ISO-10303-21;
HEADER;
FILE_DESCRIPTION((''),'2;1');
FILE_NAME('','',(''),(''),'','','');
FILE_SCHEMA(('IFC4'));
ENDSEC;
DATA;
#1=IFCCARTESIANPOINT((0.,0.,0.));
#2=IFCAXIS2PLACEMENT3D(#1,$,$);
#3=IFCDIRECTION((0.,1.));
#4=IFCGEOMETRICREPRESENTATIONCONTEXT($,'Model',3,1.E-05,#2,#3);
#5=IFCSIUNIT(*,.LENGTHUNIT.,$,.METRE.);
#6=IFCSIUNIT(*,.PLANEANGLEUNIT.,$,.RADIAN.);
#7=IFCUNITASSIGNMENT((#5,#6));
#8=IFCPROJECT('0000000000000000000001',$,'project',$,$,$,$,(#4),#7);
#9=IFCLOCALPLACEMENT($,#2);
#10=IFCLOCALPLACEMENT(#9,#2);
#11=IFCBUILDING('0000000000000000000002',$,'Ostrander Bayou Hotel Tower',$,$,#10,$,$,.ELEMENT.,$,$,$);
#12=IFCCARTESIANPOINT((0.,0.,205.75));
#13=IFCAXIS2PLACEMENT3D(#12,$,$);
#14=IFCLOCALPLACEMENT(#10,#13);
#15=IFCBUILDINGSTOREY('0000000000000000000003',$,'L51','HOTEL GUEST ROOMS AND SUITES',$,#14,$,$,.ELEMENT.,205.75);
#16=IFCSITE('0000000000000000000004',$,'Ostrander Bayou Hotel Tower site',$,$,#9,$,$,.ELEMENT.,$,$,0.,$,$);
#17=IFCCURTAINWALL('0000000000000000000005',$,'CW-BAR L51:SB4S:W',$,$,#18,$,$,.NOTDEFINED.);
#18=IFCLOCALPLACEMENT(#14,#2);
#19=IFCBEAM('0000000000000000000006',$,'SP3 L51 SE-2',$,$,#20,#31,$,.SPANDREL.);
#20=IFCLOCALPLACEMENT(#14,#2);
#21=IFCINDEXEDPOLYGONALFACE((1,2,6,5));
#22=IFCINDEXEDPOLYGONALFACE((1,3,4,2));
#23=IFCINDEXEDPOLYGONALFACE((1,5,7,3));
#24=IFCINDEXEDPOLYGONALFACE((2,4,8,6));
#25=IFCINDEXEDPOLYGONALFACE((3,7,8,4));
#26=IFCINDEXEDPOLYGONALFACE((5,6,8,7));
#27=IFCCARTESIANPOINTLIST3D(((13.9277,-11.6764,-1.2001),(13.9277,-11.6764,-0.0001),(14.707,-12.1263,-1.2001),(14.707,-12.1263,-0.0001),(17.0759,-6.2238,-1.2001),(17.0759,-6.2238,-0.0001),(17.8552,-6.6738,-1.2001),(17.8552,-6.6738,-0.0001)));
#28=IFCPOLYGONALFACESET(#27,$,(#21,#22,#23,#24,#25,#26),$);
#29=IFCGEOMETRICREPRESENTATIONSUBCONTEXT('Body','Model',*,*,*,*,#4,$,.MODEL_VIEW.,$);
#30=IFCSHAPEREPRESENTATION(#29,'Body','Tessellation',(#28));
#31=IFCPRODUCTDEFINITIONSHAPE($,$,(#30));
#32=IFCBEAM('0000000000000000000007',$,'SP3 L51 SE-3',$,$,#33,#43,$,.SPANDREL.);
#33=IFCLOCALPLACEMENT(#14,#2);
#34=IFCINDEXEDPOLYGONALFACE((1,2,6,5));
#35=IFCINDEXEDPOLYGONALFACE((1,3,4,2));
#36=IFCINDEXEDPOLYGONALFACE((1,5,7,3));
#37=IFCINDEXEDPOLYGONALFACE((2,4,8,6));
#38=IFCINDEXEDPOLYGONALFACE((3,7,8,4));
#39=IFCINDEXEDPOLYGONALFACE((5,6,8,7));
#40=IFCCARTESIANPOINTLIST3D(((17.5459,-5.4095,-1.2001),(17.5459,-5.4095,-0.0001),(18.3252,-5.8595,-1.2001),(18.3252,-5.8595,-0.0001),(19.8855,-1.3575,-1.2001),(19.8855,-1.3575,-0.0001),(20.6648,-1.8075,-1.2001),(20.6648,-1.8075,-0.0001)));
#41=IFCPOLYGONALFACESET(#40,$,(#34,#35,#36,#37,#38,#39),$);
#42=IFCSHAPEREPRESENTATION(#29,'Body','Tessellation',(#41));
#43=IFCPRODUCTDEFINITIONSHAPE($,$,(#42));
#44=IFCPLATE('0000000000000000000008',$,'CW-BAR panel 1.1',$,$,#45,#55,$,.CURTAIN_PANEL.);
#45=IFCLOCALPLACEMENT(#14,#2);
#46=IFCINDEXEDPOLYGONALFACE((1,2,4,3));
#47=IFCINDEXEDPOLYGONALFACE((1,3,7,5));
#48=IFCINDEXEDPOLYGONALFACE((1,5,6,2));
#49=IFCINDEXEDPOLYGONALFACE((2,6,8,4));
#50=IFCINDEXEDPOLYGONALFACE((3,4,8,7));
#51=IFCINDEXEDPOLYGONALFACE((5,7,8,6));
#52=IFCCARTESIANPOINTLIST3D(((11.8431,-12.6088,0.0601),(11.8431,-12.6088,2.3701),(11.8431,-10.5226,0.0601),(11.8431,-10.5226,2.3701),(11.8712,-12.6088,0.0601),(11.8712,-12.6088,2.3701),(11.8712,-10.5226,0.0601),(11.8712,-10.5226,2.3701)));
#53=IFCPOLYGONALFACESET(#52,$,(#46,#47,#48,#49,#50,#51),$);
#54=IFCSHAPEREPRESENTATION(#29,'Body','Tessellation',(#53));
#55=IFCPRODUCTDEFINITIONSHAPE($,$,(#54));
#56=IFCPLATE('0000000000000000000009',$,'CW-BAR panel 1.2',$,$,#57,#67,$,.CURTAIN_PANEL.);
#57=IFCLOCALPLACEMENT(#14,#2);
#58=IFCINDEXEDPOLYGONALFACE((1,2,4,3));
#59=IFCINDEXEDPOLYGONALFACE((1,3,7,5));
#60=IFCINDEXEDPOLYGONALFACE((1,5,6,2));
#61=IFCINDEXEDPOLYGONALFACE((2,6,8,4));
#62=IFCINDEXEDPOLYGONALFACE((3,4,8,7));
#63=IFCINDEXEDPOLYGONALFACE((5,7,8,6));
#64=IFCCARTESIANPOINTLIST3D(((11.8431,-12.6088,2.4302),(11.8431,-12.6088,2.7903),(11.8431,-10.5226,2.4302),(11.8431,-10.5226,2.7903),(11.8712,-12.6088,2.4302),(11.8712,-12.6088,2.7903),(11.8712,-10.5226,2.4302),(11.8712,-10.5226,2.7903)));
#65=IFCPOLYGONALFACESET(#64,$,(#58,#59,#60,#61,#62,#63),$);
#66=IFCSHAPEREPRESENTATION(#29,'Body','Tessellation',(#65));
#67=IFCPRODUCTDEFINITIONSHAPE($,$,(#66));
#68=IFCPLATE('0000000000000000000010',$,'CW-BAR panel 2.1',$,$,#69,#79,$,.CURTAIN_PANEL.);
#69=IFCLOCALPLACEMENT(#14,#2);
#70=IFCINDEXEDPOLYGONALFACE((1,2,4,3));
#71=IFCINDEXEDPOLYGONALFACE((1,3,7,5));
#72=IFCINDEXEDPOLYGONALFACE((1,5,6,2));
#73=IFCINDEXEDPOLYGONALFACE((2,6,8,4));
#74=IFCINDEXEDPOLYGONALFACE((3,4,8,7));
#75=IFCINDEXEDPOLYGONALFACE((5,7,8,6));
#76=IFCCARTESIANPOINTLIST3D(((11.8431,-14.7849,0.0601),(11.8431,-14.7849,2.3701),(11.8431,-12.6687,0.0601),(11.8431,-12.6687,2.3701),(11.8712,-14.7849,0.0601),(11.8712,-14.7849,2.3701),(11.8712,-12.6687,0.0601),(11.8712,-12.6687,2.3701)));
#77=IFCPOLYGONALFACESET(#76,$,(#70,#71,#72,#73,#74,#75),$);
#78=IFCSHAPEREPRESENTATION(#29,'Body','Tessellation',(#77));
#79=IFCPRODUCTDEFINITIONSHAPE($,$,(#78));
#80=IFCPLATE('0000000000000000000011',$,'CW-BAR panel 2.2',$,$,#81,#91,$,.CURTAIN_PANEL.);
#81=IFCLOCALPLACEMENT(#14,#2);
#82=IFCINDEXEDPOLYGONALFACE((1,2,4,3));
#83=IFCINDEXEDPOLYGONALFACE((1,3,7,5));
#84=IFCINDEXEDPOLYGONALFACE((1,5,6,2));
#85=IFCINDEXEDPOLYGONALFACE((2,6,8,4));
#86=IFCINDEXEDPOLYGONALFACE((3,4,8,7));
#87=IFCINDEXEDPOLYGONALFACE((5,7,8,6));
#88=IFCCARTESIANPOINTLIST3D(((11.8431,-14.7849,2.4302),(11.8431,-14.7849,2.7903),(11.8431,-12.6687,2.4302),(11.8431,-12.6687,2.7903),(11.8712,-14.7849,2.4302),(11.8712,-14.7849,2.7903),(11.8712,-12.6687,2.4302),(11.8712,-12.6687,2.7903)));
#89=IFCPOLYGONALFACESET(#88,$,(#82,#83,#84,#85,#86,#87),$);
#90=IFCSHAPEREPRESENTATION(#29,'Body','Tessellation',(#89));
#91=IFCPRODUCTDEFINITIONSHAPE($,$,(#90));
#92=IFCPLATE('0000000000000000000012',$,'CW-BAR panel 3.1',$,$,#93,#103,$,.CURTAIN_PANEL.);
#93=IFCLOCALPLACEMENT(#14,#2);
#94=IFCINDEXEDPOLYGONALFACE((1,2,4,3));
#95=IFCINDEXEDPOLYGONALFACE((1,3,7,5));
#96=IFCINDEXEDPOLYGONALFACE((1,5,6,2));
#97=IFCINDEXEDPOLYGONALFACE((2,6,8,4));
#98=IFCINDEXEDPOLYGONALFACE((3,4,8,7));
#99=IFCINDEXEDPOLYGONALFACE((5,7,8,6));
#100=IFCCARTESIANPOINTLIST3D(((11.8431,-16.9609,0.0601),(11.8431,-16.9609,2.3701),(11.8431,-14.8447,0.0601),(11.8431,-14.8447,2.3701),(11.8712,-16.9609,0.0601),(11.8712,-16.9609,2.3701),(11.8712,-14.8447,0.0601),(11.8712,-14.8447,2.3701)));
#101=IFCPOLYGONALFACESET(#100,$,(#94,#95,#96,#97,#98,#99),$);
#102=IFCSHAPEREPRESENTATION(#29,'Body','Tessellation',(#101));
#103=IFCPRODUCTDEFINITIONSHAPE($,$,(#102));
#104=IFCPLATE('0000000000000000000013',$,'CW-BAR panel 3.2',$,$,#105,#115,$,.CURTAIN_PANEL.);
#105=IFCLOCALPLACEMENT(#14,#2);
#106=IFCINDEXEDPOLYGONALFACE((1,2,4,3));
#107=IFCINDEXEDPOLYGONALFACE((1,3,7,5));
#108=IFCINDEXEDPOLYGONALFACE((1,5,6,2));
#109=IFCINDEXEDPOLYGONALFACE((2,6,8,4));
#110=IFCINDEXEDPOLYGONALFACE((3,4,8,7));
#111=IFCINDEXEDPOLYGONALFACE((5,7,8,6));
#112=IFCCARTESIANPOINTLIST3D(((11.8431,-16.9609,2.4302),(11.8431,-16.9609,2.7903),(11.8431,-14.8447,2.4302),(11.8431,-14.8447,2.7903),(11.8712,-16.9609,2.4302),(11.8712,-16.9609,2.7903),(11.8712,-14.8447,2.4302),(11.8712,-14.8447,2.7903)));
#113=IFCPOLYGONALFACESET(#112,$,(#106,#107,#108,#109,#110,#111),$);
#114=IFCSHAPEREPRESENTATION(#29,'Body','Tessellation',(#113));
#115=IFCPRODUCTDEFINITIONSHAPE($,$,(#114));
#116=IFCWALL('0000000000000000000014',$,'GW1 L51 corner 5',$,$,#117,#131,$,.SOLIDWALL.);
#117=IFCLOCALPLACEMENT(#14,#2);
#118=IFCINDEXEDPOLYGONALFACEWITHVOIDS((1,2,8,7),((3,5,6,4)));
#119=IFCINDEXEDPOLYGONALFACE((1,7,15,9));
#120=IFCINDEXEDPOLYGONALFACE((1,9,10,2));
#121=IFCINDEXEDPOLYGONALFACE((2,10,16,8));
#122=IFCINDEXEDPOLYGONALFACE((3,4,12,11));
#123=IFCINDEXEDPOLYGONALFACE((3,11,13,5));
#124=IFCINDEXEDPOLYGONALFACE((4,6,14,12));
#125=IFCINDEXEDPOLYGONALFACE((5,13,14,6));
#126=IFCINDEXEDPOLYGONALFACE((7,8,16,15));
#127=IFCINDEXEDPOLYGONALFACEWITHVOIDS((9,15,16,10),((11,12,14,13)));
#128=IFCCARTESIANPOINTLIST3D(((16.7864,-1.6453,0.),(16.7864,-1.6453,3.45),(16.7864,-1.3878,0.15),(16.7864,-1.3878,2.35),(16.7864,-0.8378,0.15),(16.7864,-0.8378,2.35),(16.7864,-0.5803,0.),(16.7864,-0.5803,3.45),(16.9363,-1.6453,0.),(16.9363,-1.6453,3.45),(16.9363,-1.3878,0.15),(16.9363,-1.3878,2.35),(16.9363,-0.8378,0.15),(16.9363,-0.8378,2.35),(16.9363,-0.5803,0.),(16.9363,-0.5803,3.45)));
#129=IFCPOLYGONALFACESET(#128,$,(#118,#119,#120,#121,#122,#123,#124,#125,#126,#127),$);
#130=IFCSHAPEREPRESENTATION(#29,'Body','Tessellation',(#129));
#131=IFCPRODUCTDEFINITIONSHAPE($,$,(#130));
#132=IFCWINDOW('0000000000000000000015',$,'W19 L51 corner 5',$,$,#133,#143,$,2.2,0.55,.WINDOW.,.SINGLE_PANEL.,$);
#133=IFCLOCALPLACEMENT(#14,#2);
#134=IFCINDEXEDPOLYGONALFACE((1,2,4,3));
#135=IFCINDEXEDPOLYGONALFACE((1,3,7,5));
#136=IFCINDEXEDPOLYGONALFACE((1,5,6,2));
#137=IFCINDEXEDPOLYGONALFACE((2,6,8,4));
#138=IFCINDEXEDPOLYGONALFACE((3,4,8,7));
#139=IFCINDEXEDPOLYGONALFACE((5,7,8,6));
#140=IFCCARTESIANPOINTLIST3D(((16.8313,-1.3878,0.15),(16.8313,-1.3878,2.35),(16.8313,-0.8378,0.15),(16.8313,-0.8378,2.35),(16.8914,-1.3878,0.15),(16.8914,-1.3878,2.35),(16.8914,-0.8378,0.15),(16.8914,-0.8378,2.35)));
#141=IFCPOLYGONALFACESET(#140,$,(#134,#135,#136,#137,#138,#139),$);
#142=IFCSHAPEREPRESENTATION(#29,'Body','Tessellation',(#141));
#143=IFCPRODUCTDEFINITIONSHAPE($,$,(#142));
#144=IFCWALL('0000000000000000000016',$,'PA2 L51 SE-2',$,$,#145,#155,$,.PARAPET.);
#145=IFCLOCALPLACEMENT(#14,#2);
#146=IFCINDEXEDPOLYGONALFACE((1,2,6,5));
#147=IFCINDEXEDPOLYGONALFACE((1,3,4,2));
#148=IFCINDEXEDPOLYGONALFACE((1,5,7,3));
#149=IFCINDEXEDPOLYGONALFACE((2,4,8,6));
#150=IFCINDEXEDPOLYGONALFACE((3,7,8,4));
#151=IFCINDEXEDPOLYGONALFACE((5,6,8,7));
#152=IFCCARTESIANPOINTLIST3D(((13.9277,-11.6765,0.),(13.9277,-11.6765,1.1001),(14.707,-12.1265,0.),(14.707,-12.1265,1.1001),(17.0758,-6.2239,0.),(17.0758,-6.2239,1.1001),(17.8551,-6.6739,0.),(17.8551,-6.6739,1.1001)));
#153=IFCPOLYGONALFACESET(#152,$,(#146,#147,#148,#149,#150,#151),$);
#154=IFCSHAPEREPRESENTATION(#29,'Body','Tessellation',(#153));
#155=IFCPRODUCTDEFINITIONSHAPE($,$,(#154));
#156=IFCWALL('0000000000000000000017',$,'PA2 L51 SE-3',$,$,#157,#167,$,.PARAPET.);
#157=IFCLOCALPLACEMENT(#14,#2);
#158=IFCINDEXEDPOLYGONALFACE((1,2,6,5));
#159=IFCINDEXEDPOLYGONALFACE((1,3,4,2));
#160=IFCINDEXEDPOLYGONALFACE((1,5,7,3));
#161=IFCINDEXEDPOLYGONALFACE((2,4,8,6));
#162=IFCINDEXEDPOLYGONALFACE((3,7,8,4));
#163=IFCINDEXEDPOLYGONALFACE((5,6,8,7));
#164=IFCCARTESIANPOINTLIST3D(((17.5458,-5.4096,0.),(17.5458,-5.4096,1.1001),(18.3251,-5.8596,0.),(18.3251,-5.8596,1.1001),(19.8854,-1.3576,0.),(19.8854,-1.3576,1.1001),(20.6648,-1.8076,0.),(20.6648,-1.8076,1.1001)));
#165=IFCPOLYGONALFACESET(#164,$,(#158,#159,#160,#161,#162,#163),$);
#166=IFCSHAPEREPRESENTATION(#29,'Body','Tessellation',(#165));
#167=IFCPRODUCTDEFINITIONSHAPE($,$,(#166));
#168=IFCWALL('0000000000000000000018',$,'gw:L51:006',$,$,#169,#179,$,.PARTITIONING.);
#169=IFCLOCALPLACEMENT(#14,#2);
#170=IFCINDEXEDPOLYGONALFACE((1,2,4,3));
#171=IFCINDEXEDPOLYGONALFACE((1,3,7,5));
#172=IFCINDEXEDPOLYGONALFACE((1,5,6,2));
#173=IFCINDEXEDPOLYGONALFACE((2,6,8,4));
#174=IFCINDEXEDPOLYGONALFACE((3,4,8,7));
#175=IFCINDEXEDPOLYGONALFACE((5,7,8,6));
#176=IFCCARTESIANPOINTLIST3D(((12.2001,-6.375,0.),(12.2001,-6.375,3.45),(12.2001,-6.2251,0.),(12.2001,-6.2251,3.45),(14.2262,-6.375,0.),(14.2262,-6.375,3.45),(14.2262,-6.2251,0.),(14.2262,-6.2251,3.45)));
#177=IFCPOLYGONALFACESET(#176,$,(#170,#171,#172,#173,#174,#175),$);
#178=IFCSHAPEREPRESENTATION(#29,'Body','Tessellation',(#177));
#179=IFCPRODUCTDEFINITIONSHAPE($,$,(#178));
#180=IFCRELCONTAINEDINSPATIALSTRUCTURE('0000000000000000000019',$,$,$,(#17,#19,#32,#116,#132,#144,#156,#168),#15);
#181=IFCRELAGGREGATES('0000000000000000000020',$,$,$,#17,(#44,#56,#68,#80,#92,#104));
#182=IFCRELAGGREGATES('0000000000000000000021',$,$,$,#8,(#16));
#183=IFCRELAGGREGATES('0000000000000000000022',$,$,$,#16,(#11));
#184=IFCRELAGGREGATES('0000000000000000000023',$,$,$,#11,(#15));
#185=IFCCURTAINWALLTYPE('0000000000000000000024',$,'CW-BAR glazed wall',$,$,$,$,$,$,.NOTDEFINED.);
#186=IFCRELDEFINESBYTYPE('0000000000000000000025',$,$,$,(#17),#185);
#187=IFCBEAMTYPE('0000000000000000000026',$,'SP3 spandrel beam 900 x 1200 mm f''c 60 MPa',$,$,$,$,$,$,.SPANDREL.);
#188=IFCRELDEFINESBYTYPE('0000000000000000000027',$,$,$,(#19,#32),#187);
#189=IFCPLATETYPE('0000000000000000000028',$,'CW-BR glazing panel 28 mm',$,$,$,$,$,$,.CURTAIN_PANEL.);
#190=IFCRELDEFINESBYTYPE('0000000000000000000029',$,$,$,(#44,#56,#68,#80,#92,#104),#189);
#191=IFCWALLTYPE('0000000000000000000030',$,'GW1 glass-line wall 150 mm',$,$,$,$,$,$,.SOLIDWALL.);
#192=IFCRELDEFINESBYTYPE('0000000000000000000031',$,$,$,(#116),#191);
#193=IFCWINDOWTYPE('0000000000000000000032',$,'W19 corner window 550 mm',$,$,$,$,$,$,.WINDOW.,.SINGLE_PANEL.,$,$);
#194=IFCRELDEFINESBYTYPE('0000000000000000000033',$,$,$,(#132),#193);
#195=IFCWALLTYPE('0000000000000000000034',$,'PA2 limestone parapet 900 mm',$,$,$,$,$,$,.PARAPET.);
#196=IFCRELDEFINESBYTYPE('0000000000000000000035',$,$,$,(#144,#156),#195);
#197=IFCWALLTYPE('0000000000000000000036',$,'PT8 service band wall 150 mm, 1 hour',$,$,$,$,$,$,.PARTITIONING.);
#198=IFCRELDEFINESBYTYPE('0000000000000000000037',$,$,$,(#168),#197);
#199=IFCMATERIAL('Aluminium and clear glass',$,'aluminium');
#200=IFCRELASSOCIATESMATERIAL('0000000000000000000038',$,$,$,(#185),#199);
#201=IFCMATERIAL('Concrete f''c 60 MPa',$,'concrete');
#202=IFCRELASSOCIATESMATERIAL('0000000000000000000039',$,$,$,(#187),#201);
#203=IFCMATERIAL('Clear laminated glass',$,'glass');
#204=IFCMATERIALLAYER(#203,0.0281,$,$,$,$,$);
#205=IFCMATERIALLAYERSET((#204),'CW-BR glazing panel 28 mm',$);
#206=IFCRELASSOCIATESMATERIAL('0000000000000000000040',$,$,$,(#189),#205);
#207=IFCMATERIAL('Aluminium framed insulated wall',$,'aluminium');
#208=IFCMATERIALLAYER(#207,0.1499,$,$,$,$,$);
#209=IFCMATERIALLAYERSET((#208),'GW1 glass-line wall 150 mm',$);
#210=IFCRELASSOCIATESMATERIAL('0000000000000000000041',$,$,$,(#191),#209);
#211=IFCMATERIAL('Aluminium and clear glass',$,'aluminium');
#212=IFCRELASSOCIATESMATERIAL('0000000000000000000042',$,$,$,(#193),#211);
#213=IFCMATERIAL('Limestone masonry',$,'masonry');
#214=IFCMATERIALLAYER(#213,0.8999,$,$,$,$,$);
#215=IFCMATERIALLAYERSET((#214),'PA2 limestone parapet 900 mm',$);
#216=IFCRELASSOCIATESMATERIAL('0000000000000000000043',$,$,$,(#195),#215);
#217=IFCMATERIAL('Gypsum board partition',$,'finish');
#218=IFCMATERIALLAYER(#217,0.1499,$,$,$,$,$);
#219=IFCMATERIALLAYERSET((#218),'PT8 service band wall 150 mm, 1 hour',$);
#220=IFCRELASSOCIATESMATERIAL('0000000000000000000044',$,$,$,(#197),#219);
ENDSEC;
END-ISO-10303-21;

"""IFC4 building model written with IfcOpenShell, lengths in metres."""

from ifc_helpers import new_model, si_unit, direction, frame, frame_2d, origin, origin_2d, place, context, subcontext, project, spatial, rectangle, extrude, material, layer, layer_set, material_profile, profile_set, type_object, element, fill, aggregate, save


model = new_model("IFC4")

# Units and contexts
model_context = context("Model", 3, precision=1e-05, world=origin(), true_north=direction((0.0, 1.0)))
body_context = subcontext(model_context, "Body", "Model", "MODEL_VIEW")
ifc_project = project(units=[si_unit("LENGTHUNIT", "METRE"), si_unit("PLANEANGLEUNIT", "RADIAN")], contexts=[model_context])

# Site, building, storey
site_placement = place(None, origin())
site = spatial("IfcSite", under=ifc_project, at=site_placement, Name="Ostrander Bayou Hotel Tower site", CompositionType="ELEMENT", RefElevation=0.0)
building_placement = place(site_placement, origin())
building = spatial("IfcBuilding", under=site, at=building_placement, Name="Ostrander Bayou Hotel Tower", CompositionType="ELEMENT")
storey_placement = place(building_placement, frame((0.0, 0.0, 205.75)))
storey = spatial("IfcBuildingStorey", under=building, at=storey_placement, Name="L51", Description="HOTEL GUEST ROOMS AND SUITES", CompositionType="ELEMENT", Elevation=205.75)

# Curtain wall
ifc_material_1 = material(Name="Aluminium and clear glass", Category="aluminium")
curtain_wall_type = type_object("IfcCurtainWallType", Name="CW-BAR glazed wall", PredefinedType="NOTDEFINED", material=ifc_material_1)
curtain_wall_placement = place(storey_placement, origin())
curtain_wall = element("IfcCurtainWall", 1, at=curtain_wall_placement, inside=storey, type_object=curtain_wall_type, Name="CW-BAR L51:SB4S:W", PredefinedType="NOTDEFINED")

# Beams
ifc_material_2 = material(Name="Concrete f'c 60 MPa", Category="concrete")
ifc_material_profile_1 = material_profile(ifc_material_2, rectangle(XDim=0.8999, YDim=1.2, at=origin_2d()))
ifc_profile_set_1 = profile_set([ifc_material_profile_1], Name="Concrete f'c 60 MPa")
beam_type_1 = type_object("IfcBeamType", Name="SP3 spandrel beam 900 x 1200 mm f'c 60 MPa", PredefinedType="SPANDREL", material=ifc_profile_set_1)
beam_1_placement = place(storey_placement, frame((14.3174, -11.9014, -0.6001), z_axis=(0.500013, 0.866018, 0.0), x_axis=(-0.866018, 0.500013, 0.0)))
element("IfcBeam", 2, at=beam_1_placement, inside=storey, type_object=beam_type_1, Name="SP3 L51 SE-2", PredefinedType="SPANDREL", context=body_context, shape_type="SweptSolid", body=[
    extrude(rectangle(XDim=0.8999, YDim=1.2, at=origin_2d()), origin(), (0.0, 0.0, 1.0), 6.2961),
])
beam_2_placement = place(storey_placement, frame((17.9355, -5.6345, -0.6001), z_axis=(0.500028, 0.866009, 0.0), x_axis=(-0.866009, 0.500028, 0.0)))
element("IfcBeam", 3, at=beam_2_placement, inside=storey, type_object=beam_type_1, Name="SP3 L51 SE-3", PredefinedType="SPANDREL", context=body_context, shape_type="SweptSolid", body=[
    extrude(rectangle(XDim=0.8999, YDim=1.2, at=origin_2d()), origin(), (0.0, 0.0, 1.0), 4.679),
])

# Plates
ifc_material_3 = material(Name="Clear laminated glass", Category="glass")
ifc_layer_1 = layer(ifc_material_3, 0.0281)
ifc_layer_set_1 = layer_set([ifc_layer_1], Name="CW-BR glazing panel 28 mm")
plate_type = type_object("IfcPlateType", Name="CW-BR glazing panel 28 mm", PredefinedType="CURTAIN_PANEL", material=ifc_layer_set_1)
plate_1_placement = place(storey_placement, frame((11.8572, -11.5657, 0.0601), z_axis=(0.0, 0.0, 1.0), x_axis=(0.0, -1.0, 0.0)))
plate_1 = element("IfcPlate", 4, at=plate_1_placement, type_object=plate_type, Name="CW-BAR panel 1.1", PredefinedType="CURTAIN_PANEL", context=body_context, shape_type="SweptSolid", body=[
    extrude(rectangle(XDim=2.0862, YDim=0.0281, at=origin_2d()), origin(), (0.0, 0.0, 1.0), 2.3101),
])
plate_2_placement = place(storey_placement, frame((11.8572, -11.5657, 2.4302), z_axis=(0.0, 0.0, 1.0), x_axis=(0.0, -1.0, 0.0)))
plate_2 = element("IfcPlate", 5, at=plate_2_placement, type_object=plate_type, Name="CW-BAR panel 1.2", PredefinedType="CURTAIN_PANEL", context=body_context, shape_type="SweptSolid", body=[
    extrude(rectangle(XDim=2.0862, YDim=0.0281, at=origin_2d()), origin(), (0.0, 0.0, 1.0), 0.3601),
])
plate_3_placement = place(storey_placement, frame((11.8572, -13.7268, 0.0601), z_axis=(0.0, 0.0, 1.0), x_axis=(0.0, -1.0, 0.0)))
plate_3 = element("IfcPlate", 6, at=plate_3_placement, type_object=plate_type, Name="CW-BAR panel 2.1", PredefinedType="CURTAIN_PANEL", context=body_context, shape_type="SweptSolid", body=[
    extrude(rectangle(XDim=2.1162, YDim=0.0281, at=origin_2d()), origin(), (0.0, 0.0, 1.0), 2.3101),
])
plate_4_placement = place(storey_placement, frame((11.8572, -13.7268, 2.4302), z_axis=(0.0, 0.0, 1.0), x_axis=(0.0, -1.0, 0.0)))
plate_4 = element("IfcPlate", 7, at=plate_4_placement, type_object=plate_type, Name="CW-BAR panel 2.2", PredefinedType="CURTAIN_PANEL", context=body_context, shape_type="SweptSolid", body=[
    extrude(rectangle(XDim=2.1162, YDim=0.0281, at=origin_2d()), origin(), (0.0, 0.0, 1.0), 0.3601),
])
plate_5_placement = place(storey_placement, frame((11.8572, -15.9028, 0.0601), z_axis=(0.0, 0.0, 1.0), x_axis=(0.0, -1.0, 0.0)))
plate_5 = element("IfcPlate", 8, at=plate_5_placement, type_object=plate_type, Name="CW-BAR panel 3.1", PredefinedType="CURTAIN_PANEL", context=body_context, shape_type="SweptSolid", body=[
    extrude(rectangle(XDim=2.1162, YDim=0.0281, at=origin_2d()), origin(), (0.0, 0.0, 1.0), 2.3101),
])
plate_6_placement = place(storey_placement, frame((11.8572, -15.9028, 2.4302), z_axis=(0.0, 0.0, 1.0), x_axis=(0.0, -1.0, 0.0)))
plate_6 = element("IfcPlate", 9, at=plate_6_placement, type_object=plate_type, Name="CW-BAR panel 3.2", PredefinedType="CURTAIN_PANEL", context=body_context, shape_type="SweptSolid", body=[
    extrude(rectangle(XDim=2.1162, YDim=0.0281, at=origin_2d()), origin(), (0.0, 0.0, 1.0), 0.3601),
])
aggregate(curtain_wall, [plate_1, plate_2, plate_3, plate_4, plate_5, plate_6])

# Wall, opening, window
ifc_material_4 = material(Name="Aluminium framed insulated wall", Category="aluminium")
ifc_layer_2 = layer(ifc_material_4, 0.1499)
ifc_layer_set_2 = layer_set([ifc_layer_2], Name="GW1 glass-line wall 150 mm")
wall_type_1 = type_object("IfcWallType", Name="GW1 glass-line wall 150 mm", PredefinedType="SOLIDWALL", material=ifc_layer_set_2)
wall_1_placement = place(storey_placement, frame((16.8613, -1.6453, 0.0), z_axis=(0.0, 0.0, 1.0), x_axis=(0.0, 1.0, 0.0)))
wall_1 = element("IfcWall", 10, at=wall_1_placement, inside=storey, type_object=wall_type_1, Name="GW1 L51 corner 5", PredefinedType="SOLIDWALL", context=body_context, shape_type="SweptSolid", body=[
    extrude(rectangle(XDim=1.0649, YDim=0.1499, at=frame_2d((0.5325, 0.0))), origin(), (0.0, 0.0, 1.0), 3.45),
])
opening_1_placement = place(wall_1_placement, frame((0.2576, 0.0, 0.1499)))
opening_1 = element("IfcOpeningElement", 11, at=opening_1_placement, cuts=wall_1, PredefinedType="OPENING", context=body_context, shape_type="SweptSolid", body=[
    extrude(rectangle(XDim=0.55, YDim=2.2, at=frame_2d((0.2749, 1.1001))), frame((0.0, 0.075, 0.0), z_axis=(0.0, -1.0, 0.0), x_axis=(1.0, 0.0, 0.0)), (0.0, 0.0, 1.0), 0.1499),
])
ifc_material_5 = material(Name="Aluminium and clear glass", Category="aluminium")
window_type = type_object("IfcWindowType", Name="W19 corner window 550 mm", PartitioningType="SINGLE_PANEL", PredefinedType="WINDOW", material=ifc_material_5)
window_placement = place(opening_1_placement, origin())
window = element("IfcWindow", 12, at=window_placement, inside=storey, type_object=window_type, Name="W19 L51 corner 5", OverallHeight=2.2, OverallWidth=0.55, PartitioningType="SINGLE_PANEL", PredefinedType="WINDOW", context=body_context, shape_type="SweptSolid", body=[
    extrude(rectangle(XDim=0.55, YDim=2.2, at=frame_2d((0.2749, 1.1001))), frame((0.0, 0.03, 0.0), z_axis=(0.0, -1.0, 0.0), x_axis=(1.0, 0.0, 0.0)), (0.0, 0.0, 1.0), 0.0601),
])
fill(opening_1, window)

# Walls
ifc_material_6 = material(Name="Limestone masonry", Category="masonry")
ifc_layer_3 = layer(ifc_material_6, 0.8999)
ifc_layer_set_3 = layer_set([ifc_layer_3], Name="PA2 limestone parapet 900 mm")
wall_type_2 = type_object("IfcWallType", Name="PA2 limestone parapet 900 mm", PredefinedType="PARAPET", material=ifc_layer_set_3)
wall_2_placement = place(storey_placement, frame((14.3174, -11.9014, 0.0), z_axis=(0.0, 0.0, 1.0), x_axis=(0.500013, 0.866018, 0.0)))
element("IfcWall", 13, at=wall_2_placement, inside=storey, type_object=wall_type_2, Name="PA2 L51 SE-2", PredefinedType="PARAPET", context=body_context, shape_type="SweptSolid", body=[
    extrude(rectangle(XDim=6.2961, YDim=0.8999, at=frame_2d((3.1479, 0.0))), origin(), (0.0, 0.0, 1.0), 1.1001),
])
wall_3_placement = place(storey_placement, frame((17.9355, -5.6345, 0.0), z_axis=(0.0, 0.0, 1.0), x_axis=(0.500028, 0.866009, 0.0)))
element("IfcWall", 14, at=wall_3_placement, inside=storey, type_object=wall_type_2, Name="PA2 L51 SE-3", PredefinedType="PARAPET", context=body_context, shape_type="SweptSolid", body=[
    extrude(rectangle(XDim=4.679, YDim=0.8999, at=frame_2d((2.3394, 0.0))), origin(), (0.0, 0.0, 1.0), 1.1001),
])
ifc_material_7 = material(Name="Gypsum board partition", Category="finish")
ifc_layer_4 = layer(ifc_material_7, 0.1499)
ifc_layer_set_4 = layer_set([ifc_layer_4], Name="PT8 service band wall 150 mm, 1 hour")
wall_type_3 = type_object("IfcWallType", Name="PT8 service band wall 150 mm, 1 hour", PredefinedType="PARTITIONING", material=ifc_layer_set_4)
wall_4_placement = place(storey_placement, frame((12.2, -6.3, 0.0), z_axis=(0.0, 0.0, 1.0), x_axis=(1.0, 0.0, 0.0)))
element("IfcWall", 15, at=wall_4_placement, inside=storey, type_object=wall_type_3, Name="gw:L51:006", PredefinedType="PARTITIONING", context=body_context, shape_type="SweptSolid", body=[
    extrude(rectangle(XDim=2.0261, YDim=0.1499, at=frame_2d((1.0132, 0.0))), origin(), (0.0, 0.0, 1.0), 3.45),
])

save(model, "model.ifc")
